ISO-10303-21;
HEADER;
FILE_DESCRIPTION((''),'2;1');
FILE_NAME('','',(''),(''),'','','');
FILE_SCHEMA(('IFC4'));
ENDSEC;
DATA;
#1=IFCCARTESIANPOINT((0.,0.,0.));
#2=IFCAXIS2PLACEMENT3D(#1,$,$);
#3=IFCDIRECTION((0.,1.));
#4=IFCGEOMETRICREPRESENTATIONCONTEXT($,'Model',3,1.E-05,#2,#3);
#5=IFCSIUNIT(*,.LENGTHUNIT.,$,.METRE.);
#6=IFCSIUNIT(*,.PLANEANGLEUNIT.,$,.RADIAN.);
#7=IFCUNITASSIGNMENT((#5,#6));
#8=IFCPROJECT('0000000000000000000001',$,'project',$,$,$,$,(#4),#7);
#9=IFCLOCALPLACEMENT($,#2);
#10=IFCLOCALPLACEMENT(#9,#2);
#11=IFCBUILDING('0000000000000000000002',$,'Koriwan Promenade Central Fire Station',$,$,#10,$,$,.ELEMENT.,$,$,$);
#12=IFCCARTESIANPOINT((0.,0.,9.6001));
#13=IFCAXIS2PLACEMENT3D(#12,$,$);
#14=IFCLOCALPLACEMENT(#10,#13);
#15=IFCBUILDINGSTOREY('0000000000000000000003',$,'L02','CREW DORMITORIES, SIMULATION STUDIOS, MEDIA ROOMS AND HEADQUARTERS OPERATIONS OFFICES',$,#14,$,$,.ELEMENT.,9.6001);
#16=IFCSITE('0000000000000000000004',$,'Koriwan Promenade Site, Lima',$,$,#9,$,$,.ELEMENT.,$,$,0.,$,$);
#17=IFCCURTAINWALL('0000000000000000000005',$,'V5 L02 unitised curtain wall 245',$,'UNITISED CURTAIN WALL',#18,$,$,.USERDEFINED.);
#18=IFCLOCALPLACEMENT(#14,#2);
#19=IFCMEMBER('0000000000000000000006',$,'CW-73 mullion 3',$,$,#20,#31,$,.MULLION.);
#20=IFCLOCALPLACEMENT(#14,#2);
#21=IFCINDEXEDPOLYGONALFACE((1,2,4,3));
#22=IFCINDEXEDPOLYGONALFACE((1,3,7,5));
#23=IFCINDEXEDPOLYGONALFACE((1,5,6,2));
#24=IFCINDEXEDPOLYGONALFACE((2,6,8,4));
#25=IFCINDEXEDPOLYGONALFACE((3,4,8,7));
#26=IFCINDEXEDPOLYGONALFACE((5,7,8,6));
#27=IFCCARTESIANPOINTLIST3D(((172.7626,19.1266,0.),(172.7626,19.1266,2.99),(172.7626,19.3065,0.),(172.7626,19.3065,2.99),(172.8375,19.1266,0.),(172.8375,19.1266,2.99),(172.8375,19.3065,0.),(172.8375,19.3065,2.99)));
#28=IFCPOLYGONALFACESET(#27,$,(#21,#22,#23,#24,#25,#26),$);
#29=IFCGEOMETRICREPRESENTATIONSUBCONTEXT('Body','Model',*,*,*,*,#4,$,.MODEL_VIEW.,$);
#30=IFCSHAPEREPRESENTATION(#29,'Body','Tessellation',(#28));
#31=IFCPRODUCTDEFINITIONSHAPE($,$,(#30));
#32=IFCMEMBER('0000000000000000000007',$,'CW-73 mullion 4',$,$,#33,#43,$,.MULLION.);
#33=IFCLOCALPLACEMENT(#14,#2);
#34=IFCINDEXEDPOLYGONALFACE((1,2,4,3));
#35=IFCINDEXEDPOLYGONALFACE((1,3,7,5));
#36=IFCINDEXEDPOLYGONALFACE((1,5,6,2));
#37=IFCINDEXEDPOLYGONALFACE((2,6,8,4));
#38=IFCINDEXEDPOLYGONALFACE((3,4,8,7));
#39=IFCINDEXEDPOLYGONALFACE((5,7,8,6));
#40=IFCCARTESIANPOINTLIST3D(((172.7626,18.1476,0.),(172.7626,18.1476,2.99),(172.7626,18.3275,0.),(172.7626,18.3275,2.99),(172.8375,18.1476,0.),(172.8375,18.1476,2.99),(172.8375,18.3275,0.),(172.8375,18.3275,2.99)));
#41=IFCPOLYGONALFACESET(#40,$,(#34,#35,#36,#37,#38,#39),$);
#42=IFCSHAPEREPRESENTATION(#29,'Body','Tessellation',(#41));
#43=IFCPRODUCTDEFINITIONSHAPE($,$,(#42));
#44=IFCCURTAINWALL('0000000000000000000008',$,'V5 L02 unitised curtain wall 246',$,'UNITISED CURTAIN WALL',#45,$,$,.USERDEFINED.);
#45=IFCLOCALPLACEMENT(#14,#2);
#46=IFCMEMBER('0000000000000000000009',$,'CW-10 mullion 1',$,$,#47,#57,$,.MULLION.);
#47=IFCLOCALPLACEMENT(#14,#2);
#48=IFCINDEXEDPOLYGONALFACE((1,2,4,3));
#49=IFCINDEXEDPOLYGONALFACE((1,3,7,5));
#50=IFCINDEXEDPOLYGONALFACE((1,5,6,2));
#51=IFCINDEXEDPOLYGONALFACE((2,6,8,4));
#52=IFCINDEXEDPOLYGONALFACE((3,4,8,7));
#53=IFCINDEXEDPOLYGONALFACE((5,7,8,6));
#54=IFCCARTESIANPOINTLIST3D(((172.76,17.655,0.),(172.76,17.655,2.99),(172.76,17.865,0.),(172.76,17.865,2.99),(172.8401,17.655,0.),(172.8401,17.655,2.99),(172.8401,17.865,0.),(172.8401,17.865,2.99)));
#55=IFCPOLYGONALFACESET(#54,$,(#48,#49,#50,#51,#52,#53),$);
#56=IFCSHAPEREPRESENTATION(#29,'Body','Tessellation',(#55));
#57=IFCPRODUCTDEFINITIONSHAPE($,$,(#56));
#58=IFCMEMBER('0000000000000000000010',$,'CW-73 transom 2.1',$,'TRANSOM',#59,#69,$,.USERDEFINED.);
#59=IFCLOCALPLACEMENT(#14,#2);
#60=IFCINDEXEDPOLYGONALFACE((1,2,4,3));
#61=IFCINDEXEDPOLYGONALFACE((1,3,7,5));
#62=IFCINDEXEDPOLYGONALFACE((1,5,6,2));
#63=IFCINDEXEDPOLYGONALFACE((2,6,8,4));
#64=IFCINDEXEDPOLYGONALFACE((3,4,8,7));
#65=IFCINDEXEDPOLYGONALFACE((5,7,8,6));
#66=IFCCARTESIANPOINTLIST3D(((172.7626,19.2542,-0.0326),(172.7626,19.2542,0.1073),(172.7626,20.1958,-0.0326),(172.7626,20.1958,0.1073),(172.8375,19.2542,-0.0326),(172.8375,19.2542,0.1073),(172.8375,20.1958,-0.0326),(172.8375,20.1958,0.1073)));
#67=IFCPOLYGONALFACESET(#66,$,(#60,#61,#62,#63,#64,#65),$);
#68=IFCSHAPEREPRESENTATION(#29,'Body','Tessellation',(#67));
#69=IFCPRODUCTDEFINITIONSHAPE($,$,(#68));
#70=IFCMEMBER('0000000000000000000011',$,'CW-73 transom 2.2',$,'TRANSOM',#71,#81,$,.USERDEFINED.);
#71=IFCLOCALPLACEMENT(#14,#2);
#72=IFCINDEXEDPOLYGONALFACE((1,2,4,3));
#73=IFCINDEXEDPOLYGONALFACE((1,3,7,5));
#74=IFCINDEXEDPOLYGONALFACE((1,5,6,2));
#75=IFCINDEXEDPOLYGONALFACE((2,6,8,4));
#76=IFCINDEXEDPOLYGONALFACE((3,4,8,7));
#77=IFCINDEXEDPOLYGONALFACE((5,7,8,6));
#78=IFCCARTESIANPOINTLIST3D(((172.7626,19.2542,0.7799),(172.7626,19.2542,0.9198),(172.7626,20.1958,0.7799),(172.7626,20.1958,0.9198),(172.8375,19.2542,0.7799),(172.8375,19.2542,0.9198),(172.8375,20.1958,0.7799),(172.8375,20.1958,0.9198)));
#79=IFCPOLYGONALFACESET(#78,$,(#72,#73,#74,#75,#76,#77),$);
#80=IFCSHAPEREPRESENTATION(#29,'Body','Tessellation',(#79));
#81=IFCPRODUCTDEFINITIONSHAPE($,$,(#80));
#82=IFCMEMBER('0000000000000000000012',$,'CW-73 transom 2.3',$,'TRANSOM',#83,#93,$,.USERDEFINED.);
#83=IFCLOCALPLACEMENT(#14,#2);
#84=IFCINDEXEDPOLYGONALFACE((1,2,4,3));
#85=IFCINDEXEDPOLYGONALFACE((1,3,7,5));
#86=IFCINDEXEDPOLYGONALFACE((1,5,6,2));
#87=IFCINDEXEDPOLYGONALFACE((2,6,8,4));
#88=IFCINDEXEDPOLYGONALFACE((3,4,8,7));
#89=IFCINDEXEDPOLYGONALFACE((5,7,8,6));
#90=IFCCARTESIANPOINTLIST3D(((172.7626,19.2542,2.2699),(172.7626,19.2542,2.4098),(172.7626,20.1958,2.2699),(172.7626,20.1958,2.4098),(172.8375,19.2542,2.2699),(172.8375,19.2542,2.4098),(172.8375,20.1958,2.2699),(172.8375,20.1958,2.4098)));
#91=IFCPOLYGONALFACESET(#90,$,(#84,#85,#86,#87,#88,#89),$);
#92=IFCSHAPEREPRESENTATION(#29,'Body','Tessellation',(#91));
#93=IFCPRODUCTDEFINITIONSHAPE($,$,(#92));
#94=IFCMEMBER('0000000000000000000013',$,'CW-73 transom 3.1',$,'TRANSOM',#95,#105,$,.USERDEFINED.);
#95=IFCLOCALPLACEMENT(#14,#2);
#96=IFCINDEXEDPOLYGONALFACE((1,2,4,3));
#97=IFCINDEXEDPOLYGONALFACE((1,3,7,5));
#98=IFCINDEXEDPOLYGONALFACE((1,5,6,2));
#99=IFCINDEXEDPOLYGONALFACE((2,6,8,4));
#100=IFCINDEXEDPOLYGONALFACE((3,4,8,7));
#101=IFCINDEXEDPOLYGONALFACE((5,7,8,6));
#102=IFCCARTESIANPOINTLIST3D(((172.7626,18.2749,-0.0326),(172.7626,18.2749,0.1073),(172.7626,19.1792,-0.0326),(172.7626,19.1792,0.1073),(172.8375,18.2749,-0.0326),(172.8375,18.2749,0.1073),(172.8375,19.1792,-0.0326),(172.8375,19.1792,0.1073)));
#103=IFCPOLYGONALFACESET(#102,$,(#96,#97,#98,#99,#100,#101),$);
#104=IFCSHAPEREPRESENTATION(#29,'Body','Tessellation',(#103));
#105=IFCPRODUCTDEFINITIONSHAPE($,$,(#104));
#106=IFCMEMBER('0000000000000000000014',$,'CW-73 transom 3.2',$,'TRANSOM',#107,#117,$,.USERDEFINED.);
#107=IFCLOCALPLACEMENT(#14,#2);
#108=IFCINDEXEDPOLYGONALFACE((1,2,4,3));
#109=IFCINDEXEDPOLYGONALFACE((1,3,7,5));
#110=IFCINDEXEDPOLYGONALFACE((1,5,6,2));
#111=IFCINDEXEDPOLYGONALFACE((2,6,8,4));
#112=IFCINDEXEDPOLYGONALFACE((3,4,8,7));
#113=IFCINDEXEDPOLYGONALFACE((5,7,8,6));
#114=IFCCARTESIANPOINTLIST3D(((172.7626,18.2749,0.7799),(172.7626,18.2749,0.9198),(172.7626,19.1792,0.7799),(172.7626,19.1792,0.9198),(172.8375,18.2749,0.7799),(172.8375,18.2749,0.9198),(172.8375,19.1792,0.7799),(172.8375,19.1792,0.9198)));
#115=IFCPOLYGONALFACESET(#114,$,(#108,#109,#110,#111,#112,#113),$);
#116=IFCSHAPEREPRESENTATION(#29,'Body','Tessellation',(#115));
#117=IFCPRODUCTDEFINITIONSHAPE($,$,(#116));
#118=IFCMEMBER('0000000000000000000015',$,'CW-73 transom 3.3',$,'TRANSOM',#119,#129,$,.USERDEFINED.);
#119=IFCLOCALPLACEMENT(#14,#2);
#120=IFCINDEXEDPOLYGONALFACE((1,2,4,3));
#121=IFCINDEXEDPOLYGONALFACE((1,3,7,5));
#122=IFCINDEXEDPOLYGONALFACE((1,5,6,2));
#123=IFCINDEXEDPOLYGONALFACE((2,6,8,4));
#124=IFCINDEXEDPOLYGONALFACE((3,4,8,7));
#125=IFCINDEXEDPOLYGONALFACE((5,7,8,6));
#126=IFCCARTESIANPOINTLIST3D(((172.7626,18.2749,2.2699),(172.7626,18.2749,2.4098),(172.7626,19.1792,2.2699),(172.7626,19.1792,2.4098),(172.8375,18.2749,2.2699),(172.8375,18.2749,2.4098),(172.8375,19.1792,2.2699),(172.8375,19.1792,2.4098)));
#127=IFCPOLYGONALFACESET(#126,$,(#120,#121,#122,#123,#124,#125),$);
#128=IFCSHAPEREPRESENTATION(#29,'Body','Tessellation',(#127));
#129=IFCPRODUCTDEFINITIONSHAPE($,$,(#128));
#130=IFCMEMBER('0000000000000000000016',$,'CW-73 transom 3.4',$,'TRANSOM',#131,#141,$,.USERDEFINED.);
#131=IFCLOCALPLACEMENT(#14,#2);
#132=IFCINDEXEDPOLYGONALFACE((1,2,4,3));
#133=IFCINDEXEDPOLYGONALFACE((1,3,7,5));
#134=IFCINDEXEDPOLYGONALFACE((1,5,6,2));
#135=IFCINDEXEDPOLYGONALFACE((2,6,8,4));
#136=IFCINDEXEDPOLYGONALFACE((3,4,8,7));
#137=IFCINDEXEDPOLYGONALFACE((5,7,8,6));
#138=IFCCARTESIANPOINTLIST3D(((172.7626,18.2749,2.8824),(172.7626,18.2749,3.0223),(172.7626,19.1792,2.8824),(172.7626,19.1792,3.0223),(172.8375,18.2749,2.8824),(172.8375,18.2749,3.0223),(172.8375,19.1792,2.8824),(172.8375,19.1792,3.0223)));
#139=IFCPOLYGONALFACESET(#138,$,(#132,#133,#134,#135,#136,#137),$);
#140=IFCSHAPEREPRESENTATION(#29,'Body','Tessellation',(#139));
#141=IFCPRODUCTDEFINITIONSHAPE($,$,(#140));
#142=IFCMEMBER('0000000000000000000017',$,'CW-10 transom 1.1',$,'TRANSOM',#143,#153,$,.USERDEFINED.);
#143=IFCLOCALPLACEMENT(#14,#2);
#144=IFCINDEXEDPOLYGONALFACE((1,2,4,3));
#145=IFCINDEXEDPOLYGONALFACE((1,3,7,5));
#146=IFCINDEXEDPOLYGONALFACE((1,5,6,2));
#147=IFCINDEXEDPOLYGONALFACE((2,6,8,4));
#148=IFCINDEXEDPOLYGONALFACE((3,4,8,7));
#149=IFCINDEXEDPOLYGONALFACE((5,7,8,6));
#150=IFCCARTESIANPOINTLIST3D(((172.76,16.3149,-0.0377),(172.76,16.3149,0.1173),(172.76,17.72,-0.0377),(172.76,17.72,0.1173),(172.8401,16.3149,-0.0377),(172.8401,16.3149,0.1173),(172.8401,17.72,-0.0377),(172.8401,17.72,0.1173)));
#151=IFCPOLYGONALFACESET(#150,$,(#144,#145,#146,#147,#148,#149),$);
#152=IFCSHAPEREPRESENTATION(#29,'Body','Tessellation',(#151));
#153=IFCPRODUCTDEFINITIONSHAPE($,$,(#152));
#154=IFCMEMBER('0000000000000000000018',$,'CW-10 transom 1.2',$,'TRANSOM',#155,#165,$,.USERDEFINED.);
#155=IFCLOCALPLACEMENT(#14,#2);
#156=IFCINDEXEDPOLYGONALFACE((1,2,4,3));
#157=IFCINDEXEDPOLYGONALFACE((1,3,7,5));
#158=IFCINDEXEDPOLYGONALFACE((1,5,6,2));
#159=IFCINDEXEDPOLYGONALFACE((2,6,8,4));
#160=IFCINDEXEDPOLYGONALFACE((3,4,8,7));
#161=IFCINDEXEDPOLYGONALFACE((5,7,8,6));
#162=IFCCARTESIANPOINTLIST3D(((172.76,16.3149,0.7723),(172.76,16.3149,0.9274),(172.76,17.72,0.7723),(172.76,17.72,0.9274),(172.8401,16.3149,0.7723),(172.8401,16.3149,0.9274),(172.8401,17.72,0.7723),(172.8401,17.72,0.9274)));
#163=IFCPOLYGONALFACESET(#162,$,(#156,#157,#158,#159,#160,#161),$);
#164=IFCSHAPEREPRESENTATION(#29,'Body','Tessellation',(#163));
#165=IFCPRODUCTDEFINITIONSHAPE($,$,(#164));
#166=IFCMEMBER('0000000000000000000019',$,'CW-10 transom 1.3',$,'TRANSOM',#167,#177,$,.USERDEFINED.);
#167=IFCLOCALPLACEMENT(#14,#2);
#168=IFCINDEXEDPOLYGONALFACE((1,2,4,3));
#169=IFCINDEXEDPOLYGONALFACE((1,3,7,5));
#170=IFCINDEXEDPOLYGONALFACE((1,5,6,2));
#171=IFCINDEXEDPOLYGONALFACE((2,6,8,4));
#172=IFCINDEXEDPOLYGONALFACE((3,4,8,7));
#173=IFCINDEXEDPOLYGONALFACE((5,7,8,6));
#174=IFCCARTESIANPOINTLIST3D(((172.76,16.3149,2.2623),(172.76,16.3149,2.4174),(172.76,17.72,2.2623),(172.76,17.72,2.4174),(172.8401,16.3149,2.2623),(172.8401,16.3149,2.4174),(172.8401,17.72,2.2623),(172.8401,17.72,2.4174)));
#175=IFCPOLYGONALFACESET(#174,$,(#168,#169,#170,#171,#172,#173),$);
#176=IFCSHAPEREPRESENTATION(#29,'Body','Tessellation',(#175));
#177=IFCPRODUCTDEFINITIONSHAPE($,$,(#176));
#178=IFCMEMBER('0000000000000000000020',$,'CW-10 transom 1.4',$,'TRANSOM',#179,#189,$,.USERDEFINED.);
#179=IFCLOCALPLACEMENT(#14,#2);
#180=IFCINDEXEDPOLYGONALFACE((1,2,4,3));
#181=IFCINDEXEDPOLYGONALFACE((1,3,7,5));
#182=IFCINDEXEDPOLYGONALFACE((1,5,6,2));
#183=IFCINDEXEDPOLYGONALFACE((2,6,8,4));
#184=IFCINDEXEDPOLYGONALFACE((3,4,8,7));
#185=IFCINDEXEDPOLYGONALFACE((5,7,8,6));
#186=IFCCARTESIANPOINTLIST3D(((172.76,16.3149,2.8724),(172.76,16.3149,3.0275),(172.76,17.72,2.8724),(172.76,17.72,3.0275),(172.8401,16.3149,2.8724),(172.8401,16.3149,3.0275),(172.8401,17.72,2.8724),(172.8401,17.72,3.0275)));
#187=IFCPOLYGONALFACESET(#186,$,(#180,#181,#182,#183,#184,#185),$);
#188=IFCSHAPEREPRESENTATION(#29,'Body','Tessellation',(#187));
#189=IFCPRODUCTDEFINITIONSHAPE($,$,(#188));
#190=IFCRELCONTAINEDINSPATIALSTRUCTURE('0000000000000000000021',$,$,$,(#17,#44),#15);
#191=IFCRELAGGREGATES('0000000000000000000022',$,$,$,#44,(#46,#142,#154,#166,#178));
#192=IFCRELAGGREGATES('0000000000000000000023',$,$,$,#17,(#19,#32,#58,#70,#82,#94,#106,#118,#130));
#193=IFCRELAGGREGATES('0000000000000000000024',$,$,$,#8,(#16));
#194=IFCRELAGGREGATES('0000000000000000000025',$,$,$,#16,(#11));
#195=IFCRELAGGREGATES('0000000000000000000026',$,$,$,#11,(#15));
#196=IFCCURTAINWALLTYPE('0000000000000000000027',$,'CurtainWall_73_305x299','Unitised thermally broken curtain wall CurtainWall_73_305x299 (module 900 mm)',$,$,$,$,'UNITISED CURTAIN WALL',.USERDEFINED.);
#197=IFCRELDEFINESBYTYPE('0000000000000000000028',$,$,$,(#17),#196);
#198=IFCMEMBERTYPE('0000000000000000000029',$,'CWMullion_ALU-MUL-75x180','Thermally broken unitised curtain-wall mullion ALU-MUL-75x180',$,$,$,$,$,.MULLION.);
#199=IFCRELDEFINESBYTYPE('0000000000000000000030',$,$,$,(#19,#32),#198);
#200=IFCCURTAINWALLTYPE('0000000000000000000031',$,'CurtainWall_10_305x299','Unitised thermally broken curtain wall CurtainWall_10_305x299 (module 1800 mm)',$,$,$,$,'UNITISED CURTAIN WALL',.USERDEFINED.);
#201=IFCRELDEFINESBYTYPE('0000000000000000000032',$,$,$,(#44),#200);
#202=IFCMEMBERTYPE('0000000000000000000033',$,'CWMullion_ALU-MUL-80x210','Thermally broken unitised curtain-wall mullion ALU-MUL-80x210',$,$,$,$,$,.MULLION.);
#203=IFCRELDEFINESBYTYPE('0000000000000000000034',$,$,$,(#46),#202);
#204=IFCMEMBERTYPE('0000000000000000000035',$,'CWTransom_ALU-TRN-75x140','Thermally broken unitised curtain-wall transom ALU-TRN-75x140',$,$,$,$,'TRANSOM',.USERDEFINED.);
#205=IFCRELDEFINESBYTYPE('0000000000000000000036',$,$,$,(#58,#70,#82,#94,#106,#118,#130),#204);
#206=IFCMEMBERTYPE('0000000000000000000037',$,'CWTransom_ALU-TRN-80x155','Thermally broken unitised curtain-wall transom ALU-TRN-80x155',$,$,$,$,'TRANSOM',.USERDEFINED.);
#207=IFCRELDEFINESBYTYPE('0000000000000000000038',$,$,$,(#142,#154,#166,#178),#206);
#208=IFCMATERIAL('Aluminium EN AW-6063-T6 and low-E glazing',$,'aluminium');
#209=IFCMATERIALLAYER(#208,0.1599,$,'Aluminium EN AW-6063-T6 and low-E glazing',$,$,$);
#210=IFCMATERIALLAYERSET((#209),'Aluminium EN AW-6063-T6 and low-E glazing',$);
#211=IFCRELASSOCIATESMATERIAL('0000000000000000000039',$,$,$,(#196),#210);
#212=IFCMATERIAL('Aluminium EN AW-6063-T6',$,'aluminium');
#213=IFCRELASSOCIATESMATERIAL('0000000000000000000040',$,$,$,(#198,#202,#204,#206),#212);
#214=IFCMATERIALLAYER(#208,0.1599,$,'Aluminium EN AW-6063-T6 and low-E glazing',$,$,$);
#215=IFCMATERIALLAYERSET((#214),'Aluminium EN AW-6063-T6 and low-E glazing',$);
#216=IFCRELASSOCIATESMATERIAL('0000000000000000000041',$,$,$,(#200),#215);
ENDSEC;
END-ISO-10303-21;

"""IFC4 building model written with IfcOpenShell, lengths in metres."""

from ifc_helpers import new_model, si_unit, direction, frame, origin, origin_2d, place, context, subcontext, project, spatial, rectangle, extrude, material, layer, layer_set, material_profile, profile_set, type_object, element, aggregate, save


model = new_model("IFC4")

# Units and contexts
model_context = context("Model", 3, precision=1e-05, world=origin(), true_north=direction((0.0, 1.0)))
body_context = subcontext(model_context, "Body", "Model", "MODEL_VIEW")
ifc_project = project(units=[si_unit("LENGTHUNIT", "METRE"), si_unit("PLANEANGLEUNIT", "RADIAN")], contexts=[model_context])

# Site, building, storey
site_placement = place(None, origin())
site = spatial("IfcSite", under=ifc_project, at=site_placement, Name="Koriwan Promenade Site, Lima", CompositionType="ELEMENT", RefElevation=0.0)
building_placement = place(site_placement, origin())
building = spatial("IfcBuilding", under=site, at=building_placement, Name="Koriwan Promenade Central Fire Station", CompositionType="ELEMENT")
storey_placement = place(building_placement, frame((0.0, 0.0, 9.6001)))
storey = spatial("IfcBuildingStorey", under=building, at=storey_placement, Name="L02", Description="CREW DORMITORIES, SIMULATION STUDIOS, MEDIA ROOMS AND HEADQUARTERS OPERATIONS OFFICES", CompositionType="ELEMENT", Elevation=9.6001)

# Curtain wall, members
ifc_material_1 = material(Name="Aluminium EN AW-6063-T6 and low-E glazing", Category="aluminium")
ifc_layer_1 = layer(ifc_material_1, 0.1599, Name="Aluminium EN AW-6063-T6 and low-E glazing")
ifc_layer_set_1 = layer_set([ifc_layer_1], Name="Aluminium EN AW-6063-T6 and low-E glazing")
curtain_wall_type_1 = type_object("IfcCurtainWallType", Name="CurtainWall_73_305x299", Description="Unitised thermally broken curtain wall CurtainWall_73_305x299 (module 900 mm)", ElementType="UNITISED CURTAIN WALL", PredefinedType="USERDEFINED", material=ifc_layer_set_1)
curtain_wall_1_placement = place(storey_placement, origin())
curtain_wall_1 = element("IfcCurtainWall", 1, at=curtain_wall_1_placement, inside=storey, type_object=curtain_wall_type_1, Name="V5 L02 unitised curtain wall 245", ObjectType="UNITISED CURTAIN WALL", PredefinedType="USERDEFINED")
ifc_material_2 = material(Name="Aluminium EN AW-6063-T6", Category="aluminium")
ifc_material_profile_1 = material_profile(ifc_material_2, rectangle(XDim=0.075, YDim=0.1799, at=origin_2d()), Name="ALU-MUL-75x180")
ifc_profile_set_1 = profile_set([ifc_material_profile_1], Name="Aluminium EN AW-6063-T6")
member_type_1 = type_object("IfcMemberType", Name="CWMullion_ALU-MUL-75x180", Description="Thermally broken unitised curtain-wall mullion ALU-MUL-75x180", PredefinedType="MULLION", material=ifc_profile_set_1)
member_1_placement = place(storey_placement, frame((172.8, 19.2166, 0.0), z_axis=(0.0, 0.0, 1.0), x_axis=(1.0, 0.0, 0.0)))
member_1 = element("IfcMember", 2, at=member_1_placement, type_object=member_type_1, Name="CW-73 mullion 3", PredefinedType="MULLION", context=body_context, shape_type="SweptSolid", body=[
    extrude(rectangle(XDim=0.075, YDim=0.1799, at=origin_2d()), origin(), (0.0, 0.0, 1.0), 2.99),
])
member_2_placement = place(storey_placement, frame((172.8, 18.2375, 0.0), z_axis=(0.0, 0.0, 1.0), x_axis=(1.0, 0.0, 0.0)))
member_2 = element("IfcMember", 3, at=member_2_placement, type_object=member_type_1, Name="CW-73 mullion 4", PredefinedType="MULLION", context=body_context, shape_type="SweptSolid", body=[
    extrude(rectangle(XDim=0.075, YDim=0.1799, at=origin_2d()), origin(), (0.0, 0.0, 1.0), 2.99),
])

# Curtain wall, member
ifc_layer_2 = layer(ifc_material_1, 0.1599, Name="Aluminium EN AW-6063-T6 and low-E glazing")
ifc_layer_set_2 = layer_set([ifc_layer_2], Name="Aluminium EN AW-6063-T6 and low-E glazing")
curtain_wall_type_2 = type_object("IfcCurtainWallType", Name="CurtainWall_10_305x299", Description="Unitised thermally broken curtain wall CurtainWall_10_305x299 (module 1800 mm)", ElementType="UNITISED CURTAIN WALL", PredefinedType="USERDEFINED", material=ifc_layer_set_2)
curtain_wall_2_placement = place(storey_placement, origin())
curtain_wall_2 = element("IfcCurtainWall", 4, at=curtain_wall_2_placement, inside=storey, type_object=curtain_wall_type_2, Name="V5 L02 unitised curtain wall 246", ObjectType="UNITISED CURTAIN WALL", PredefinedType="USERDEFINED")
ifc_material_profile_2 = material_profile(ifc_material_2, rectangle(XDim=0.0801, YDim=0.21, at=origin_2d()), Name="ALU-MUL-80x210")
ifc_profile_set_2 = profile_set([ifc_material_profile_2], Name="Aluminium EN AW-6063-T6")
member_type_2 = type_object("IfcMemberType", Name="CWMullion_ALU-MUL-80x210", Description="Thermally broken unitised curtain-wall mullion ALU-MUL-80x210", PredefinedType="MULLION", material=ifc_profile_set_2)
member_3_placement = place(storey_placement, frame((172.8, 17.76, 0.0), z_axis=(0.0, 0.0, 1.0), x_axis=(1.0, 0.0, 0.0)))
member_3 = element("IfcMember", 5, at=member_3_placement, type_object=member_type_2, Name="CW-10 mullion 1", PredefinedType="MULLION", context=body_context, shape_type="SweptSolid", body=[
    extrude(rectangle(XDim=0.0801, YDim=0.21, at=origin_2d()), origin(), (0.0, 0.0, 1.0), 2.99),
])

# Members
ifc_material_profile_3 = material_profile(ifc_material_2, rectangle(XDim=0.075, YDim=0.1399, at=origin_2d()), Name="ALU-TRN-75x140")
ifc_profile_set_3 = profile_set([ifc_material_profile_3], Name="Aluminium EN AW-6063-T6")
member_type_3 = type_object("IfcMemberType", Name="CWTransom_ALU-TRN-75x140", Description="Thermally broken unitised curtain-wall transom ALU-TRN-75x140", ElementType="TRANSOM", PredefinedType="USERDEFINED", material=ifc_profile_set_3)
member_4_placement = place(storey_placement, frame((172.8, 20.1958, 0.0374), z_axis=(0.0, -1.0, 0.0), x_axis=(1.0, 0.0, 0.0)))
member_4 = element("IfcMember", 6, at=member_4_placement, type_object=member_type_3, Name="CW-73 transom 2.1", ObjectType="TRANSOM", PredefinedType="USERDEFINED", context=body_context, shape_type="SweptSolid", body=[
    extrude(rectangle(XDim=0.075, YDim=0.1399, at=origin_2d()), origin(), (0.0, 0.0, 1.0), 0.9417),
])
member_5_placement = place(storey_placement, frame((172.8, 20.1958, 0.8499), z_axis=(0.0, -1.0, 0.0), x_axis=(1.0, 0.0, 0.0)))
member_5 = element("IfcMember", 7, at=member_5_placement, type_object=member_type_3, Name="CW-73 transom 2.2", ObjectType="TRANSOM", PredefinedType="USERDEFINED", context=body_context, shape_type="SweptSolid", body=[
    extrude(rectangle(XDim=0.075, YDim=0.1399, at=origin_2d()), origin(), (0.0, 0.0, 1.0), 0.9417),
])
member_6_placement = place(storey_placement, frame((172.8, 20.1958, 2.3398), z_axis=(0.0, -1.0, 0.0), x_axis=(1.0, 0.0, 0.0)))
member_6 = element("IfcMember", 8, at=member_6_placement, type_object=member_type_3, Name="CW-73 transom 2.3", ObjectType="TRANSOM", PredefinedType="USERDEFINED", context=body_context, shape_type="SweptSolid", body=[
    extrude(rectangle(XDim=0.075, YDim=0.1399, at=origin_2d()), origin(), (0.0, 0.0, 1.0), 0.9417),
])
member_7_placement = place(storey_placement, frame((172.8, 19.1792, 0.0374), z_axis=(0.0, -1.0, 0.0), x_axis=(1.0, 0.0, 0.0)))
member_7 = element("IfcMember", 9, at=member_7_placement, type_object=member_type_3, Name="CW-73 transom 3.1", ObjectType="TRANSOM", PredefinedType="USERDEFINED", context=body_context, shape_type="SweptSolid", body=[
    extrude(rectangle(XDim=0.075, YDim=0.1399, at=origin_2d()), origin(), (0.0, 0.0, 1.0), 0.9043),
])
member_8_placement = place(storey_placement, frame((172.8, 19.1792, 0.8499), z_axis=(0.0, -1.0, 0.0), x_axis=(1.0, 0.0, 0.0)))
member_8 = element("IfcMember", 10, at=member_8_placement, type_object=member_type_3, Name="CW-73 transom 3.2", ObjectType="TRANSOM", PredefinedType="USERDEFINED", context=body_context, shape_type="SweptSolid", body=[
    extrude(rectangle(XDim=0.075, YDim=0.1399, at=origin_2d()), origin(), (0.0, 0.0, 1.0), 0.9043),
])
member_9_placement = place(storey_placement, frame((172.8, 19.1792, 2.3398), z_axis=(0.0, -1.0, 0.0), x_axis=(1.0, 0.0, 0.0)))
member_9 = element("IfcMember", 11, at=member_9_placement, type_object=member_type_3, Name="CW-73 transom 3.3", ObjectType="TRANSOM", PredefinedType="USERDEFINED", context=body_context, shape_type="SweptSolid", body=[
    extrude(rectangle(XDim=0.075, YDim=0.1399, at=origin_2d()), origin(), (0.0, 0.0, 1.0), 0.9043),
])
member_10_placement = place(storey_placement, frame((172.8, 19.1792, 2.9524), z_axis=(0.0, -1.0, 0.0), x_axis=(1.0, 0.0, 0.0)))
member_10 = element("IfcMember", 12, at=member_10_placement, type_object=member_type_3, Name="CW-73 transom 3.4", ObjectType="TRANSOM", PredefinedType="USERDEFINED", context=body_context, shape_type="SweptSolid", body=[
    extrude(rectangle(XDim=0.075, YDim=0.1399, at=origin_2d()), origin(), (0.0, 0.0, 1.0), 0.9043),
])
ifc_material_profile_4 = material_profile(ifc_material_2, rectangle(XDim=0.0801, YDim=0.155, at=origin_2d()), Name="ALU-TRN-80x155")
ifc_profile_set_4 = profile_set([ifc_material_profile_4], Name="Aluminium EN AW-6063-T6")
member_type_4 = type_object("IfcMemberType", Name="CWTransom_ALU-TRN-80x155", Description="Thermally broken unitised curtain-wall transom ALU-TRN-80x155", ElementType="TRANSOM", PredefinedType="USERDEFINED", material=ifc_profile_set_4)
member_11_placement = place(storey_placement, frame((172.8, 17.72, 0.0398), z_axis=(0.0, -1.0, 0.0), x_axis=(1.0, 0.0, 0.0)))
member_11 = element("IfcMember", 13, at=member_11_placement, type_object=member_type_4, Name="CW-10 transom 1.1", ObjectType="TRANSOM", PredefinedType="USERDEFINED", context=body_context, shape_type="SweptSolid", body=[
    extrude(rectangle(XDim=0.0801, YDim=0.155, at=origin_2d()), origin(), (0.0, 0.0, 1.0), 1.405),
])
member_12_placement = place(storey_placement, frame((172.8, 17.72, 0.8499), z_axis=(0.0, -1.0, 0.0), x_axis=(1.0, 0.0, 0.0)))
member_12 = element("IfcMember", 14, at=member_12_placement, type_object=member_type_4, Name="CW-10 transom 1.2", ObjectType="TRANSOM", PredefinedType="USERDEFINED", context=body_context, shape_type="SweptSolid", body=[
    extrude(rectangle(XDim=0.0801, YDim=0.155, at=origin_2d()), origin(), (0.0, 0.0, 1.0), 1.405),
])
member_13_placement = place(storey_placement, frame((172.8, 17.72, 2.3398), z_axis=(0.0, -1.0, 0.0), x_axis=(1.0, 0.0, 0.0)))
member_13 = element("IfcMember", 15, at=member_13_placement, type_object=member_type_4, Name="CW-10 transom 1.3", ObjectType="TRANSOM", PredefinedType="USERDEFINED", context=body_context, shape_type="SweptSolid", body=[
    extrude(rectangle(XDim=0.0801, YDim=0.155, at=origin_2d()), origin(), (0.0, 0.0, 1.0), 1.405),
])
member_14_placement = place(storey_placement, frame((172.8, 17.72, 2.95), z_axis=(0.0, -1.0, 0.0), x_axis=(1.0, 0.0, 0.0)))
member_14 = element("IfcMember", 16, at=member_14_placement, type_object=member_type_4, Name="CW-10 transom 1.4", ObjectType="TRANSOM", PredefinedType="USERDEFINED", context=body_context, shape_type="SweptSolid", body=[
    extrude(rectangle(XDim=0.0801, YDim=0.155, at=origin_2d()), origin(), (0.0, 0.0, 1.0), 1.405),
])

aggregate(curtain_wall_2, [member_3, member_11, member_12, member_13, member_14])
aggregate(curtain_wall_1, [member_1, member_2, member_4, member_5, member_6, member_7, member_8, member_9, member_10])

save(model, "model.ifc")
